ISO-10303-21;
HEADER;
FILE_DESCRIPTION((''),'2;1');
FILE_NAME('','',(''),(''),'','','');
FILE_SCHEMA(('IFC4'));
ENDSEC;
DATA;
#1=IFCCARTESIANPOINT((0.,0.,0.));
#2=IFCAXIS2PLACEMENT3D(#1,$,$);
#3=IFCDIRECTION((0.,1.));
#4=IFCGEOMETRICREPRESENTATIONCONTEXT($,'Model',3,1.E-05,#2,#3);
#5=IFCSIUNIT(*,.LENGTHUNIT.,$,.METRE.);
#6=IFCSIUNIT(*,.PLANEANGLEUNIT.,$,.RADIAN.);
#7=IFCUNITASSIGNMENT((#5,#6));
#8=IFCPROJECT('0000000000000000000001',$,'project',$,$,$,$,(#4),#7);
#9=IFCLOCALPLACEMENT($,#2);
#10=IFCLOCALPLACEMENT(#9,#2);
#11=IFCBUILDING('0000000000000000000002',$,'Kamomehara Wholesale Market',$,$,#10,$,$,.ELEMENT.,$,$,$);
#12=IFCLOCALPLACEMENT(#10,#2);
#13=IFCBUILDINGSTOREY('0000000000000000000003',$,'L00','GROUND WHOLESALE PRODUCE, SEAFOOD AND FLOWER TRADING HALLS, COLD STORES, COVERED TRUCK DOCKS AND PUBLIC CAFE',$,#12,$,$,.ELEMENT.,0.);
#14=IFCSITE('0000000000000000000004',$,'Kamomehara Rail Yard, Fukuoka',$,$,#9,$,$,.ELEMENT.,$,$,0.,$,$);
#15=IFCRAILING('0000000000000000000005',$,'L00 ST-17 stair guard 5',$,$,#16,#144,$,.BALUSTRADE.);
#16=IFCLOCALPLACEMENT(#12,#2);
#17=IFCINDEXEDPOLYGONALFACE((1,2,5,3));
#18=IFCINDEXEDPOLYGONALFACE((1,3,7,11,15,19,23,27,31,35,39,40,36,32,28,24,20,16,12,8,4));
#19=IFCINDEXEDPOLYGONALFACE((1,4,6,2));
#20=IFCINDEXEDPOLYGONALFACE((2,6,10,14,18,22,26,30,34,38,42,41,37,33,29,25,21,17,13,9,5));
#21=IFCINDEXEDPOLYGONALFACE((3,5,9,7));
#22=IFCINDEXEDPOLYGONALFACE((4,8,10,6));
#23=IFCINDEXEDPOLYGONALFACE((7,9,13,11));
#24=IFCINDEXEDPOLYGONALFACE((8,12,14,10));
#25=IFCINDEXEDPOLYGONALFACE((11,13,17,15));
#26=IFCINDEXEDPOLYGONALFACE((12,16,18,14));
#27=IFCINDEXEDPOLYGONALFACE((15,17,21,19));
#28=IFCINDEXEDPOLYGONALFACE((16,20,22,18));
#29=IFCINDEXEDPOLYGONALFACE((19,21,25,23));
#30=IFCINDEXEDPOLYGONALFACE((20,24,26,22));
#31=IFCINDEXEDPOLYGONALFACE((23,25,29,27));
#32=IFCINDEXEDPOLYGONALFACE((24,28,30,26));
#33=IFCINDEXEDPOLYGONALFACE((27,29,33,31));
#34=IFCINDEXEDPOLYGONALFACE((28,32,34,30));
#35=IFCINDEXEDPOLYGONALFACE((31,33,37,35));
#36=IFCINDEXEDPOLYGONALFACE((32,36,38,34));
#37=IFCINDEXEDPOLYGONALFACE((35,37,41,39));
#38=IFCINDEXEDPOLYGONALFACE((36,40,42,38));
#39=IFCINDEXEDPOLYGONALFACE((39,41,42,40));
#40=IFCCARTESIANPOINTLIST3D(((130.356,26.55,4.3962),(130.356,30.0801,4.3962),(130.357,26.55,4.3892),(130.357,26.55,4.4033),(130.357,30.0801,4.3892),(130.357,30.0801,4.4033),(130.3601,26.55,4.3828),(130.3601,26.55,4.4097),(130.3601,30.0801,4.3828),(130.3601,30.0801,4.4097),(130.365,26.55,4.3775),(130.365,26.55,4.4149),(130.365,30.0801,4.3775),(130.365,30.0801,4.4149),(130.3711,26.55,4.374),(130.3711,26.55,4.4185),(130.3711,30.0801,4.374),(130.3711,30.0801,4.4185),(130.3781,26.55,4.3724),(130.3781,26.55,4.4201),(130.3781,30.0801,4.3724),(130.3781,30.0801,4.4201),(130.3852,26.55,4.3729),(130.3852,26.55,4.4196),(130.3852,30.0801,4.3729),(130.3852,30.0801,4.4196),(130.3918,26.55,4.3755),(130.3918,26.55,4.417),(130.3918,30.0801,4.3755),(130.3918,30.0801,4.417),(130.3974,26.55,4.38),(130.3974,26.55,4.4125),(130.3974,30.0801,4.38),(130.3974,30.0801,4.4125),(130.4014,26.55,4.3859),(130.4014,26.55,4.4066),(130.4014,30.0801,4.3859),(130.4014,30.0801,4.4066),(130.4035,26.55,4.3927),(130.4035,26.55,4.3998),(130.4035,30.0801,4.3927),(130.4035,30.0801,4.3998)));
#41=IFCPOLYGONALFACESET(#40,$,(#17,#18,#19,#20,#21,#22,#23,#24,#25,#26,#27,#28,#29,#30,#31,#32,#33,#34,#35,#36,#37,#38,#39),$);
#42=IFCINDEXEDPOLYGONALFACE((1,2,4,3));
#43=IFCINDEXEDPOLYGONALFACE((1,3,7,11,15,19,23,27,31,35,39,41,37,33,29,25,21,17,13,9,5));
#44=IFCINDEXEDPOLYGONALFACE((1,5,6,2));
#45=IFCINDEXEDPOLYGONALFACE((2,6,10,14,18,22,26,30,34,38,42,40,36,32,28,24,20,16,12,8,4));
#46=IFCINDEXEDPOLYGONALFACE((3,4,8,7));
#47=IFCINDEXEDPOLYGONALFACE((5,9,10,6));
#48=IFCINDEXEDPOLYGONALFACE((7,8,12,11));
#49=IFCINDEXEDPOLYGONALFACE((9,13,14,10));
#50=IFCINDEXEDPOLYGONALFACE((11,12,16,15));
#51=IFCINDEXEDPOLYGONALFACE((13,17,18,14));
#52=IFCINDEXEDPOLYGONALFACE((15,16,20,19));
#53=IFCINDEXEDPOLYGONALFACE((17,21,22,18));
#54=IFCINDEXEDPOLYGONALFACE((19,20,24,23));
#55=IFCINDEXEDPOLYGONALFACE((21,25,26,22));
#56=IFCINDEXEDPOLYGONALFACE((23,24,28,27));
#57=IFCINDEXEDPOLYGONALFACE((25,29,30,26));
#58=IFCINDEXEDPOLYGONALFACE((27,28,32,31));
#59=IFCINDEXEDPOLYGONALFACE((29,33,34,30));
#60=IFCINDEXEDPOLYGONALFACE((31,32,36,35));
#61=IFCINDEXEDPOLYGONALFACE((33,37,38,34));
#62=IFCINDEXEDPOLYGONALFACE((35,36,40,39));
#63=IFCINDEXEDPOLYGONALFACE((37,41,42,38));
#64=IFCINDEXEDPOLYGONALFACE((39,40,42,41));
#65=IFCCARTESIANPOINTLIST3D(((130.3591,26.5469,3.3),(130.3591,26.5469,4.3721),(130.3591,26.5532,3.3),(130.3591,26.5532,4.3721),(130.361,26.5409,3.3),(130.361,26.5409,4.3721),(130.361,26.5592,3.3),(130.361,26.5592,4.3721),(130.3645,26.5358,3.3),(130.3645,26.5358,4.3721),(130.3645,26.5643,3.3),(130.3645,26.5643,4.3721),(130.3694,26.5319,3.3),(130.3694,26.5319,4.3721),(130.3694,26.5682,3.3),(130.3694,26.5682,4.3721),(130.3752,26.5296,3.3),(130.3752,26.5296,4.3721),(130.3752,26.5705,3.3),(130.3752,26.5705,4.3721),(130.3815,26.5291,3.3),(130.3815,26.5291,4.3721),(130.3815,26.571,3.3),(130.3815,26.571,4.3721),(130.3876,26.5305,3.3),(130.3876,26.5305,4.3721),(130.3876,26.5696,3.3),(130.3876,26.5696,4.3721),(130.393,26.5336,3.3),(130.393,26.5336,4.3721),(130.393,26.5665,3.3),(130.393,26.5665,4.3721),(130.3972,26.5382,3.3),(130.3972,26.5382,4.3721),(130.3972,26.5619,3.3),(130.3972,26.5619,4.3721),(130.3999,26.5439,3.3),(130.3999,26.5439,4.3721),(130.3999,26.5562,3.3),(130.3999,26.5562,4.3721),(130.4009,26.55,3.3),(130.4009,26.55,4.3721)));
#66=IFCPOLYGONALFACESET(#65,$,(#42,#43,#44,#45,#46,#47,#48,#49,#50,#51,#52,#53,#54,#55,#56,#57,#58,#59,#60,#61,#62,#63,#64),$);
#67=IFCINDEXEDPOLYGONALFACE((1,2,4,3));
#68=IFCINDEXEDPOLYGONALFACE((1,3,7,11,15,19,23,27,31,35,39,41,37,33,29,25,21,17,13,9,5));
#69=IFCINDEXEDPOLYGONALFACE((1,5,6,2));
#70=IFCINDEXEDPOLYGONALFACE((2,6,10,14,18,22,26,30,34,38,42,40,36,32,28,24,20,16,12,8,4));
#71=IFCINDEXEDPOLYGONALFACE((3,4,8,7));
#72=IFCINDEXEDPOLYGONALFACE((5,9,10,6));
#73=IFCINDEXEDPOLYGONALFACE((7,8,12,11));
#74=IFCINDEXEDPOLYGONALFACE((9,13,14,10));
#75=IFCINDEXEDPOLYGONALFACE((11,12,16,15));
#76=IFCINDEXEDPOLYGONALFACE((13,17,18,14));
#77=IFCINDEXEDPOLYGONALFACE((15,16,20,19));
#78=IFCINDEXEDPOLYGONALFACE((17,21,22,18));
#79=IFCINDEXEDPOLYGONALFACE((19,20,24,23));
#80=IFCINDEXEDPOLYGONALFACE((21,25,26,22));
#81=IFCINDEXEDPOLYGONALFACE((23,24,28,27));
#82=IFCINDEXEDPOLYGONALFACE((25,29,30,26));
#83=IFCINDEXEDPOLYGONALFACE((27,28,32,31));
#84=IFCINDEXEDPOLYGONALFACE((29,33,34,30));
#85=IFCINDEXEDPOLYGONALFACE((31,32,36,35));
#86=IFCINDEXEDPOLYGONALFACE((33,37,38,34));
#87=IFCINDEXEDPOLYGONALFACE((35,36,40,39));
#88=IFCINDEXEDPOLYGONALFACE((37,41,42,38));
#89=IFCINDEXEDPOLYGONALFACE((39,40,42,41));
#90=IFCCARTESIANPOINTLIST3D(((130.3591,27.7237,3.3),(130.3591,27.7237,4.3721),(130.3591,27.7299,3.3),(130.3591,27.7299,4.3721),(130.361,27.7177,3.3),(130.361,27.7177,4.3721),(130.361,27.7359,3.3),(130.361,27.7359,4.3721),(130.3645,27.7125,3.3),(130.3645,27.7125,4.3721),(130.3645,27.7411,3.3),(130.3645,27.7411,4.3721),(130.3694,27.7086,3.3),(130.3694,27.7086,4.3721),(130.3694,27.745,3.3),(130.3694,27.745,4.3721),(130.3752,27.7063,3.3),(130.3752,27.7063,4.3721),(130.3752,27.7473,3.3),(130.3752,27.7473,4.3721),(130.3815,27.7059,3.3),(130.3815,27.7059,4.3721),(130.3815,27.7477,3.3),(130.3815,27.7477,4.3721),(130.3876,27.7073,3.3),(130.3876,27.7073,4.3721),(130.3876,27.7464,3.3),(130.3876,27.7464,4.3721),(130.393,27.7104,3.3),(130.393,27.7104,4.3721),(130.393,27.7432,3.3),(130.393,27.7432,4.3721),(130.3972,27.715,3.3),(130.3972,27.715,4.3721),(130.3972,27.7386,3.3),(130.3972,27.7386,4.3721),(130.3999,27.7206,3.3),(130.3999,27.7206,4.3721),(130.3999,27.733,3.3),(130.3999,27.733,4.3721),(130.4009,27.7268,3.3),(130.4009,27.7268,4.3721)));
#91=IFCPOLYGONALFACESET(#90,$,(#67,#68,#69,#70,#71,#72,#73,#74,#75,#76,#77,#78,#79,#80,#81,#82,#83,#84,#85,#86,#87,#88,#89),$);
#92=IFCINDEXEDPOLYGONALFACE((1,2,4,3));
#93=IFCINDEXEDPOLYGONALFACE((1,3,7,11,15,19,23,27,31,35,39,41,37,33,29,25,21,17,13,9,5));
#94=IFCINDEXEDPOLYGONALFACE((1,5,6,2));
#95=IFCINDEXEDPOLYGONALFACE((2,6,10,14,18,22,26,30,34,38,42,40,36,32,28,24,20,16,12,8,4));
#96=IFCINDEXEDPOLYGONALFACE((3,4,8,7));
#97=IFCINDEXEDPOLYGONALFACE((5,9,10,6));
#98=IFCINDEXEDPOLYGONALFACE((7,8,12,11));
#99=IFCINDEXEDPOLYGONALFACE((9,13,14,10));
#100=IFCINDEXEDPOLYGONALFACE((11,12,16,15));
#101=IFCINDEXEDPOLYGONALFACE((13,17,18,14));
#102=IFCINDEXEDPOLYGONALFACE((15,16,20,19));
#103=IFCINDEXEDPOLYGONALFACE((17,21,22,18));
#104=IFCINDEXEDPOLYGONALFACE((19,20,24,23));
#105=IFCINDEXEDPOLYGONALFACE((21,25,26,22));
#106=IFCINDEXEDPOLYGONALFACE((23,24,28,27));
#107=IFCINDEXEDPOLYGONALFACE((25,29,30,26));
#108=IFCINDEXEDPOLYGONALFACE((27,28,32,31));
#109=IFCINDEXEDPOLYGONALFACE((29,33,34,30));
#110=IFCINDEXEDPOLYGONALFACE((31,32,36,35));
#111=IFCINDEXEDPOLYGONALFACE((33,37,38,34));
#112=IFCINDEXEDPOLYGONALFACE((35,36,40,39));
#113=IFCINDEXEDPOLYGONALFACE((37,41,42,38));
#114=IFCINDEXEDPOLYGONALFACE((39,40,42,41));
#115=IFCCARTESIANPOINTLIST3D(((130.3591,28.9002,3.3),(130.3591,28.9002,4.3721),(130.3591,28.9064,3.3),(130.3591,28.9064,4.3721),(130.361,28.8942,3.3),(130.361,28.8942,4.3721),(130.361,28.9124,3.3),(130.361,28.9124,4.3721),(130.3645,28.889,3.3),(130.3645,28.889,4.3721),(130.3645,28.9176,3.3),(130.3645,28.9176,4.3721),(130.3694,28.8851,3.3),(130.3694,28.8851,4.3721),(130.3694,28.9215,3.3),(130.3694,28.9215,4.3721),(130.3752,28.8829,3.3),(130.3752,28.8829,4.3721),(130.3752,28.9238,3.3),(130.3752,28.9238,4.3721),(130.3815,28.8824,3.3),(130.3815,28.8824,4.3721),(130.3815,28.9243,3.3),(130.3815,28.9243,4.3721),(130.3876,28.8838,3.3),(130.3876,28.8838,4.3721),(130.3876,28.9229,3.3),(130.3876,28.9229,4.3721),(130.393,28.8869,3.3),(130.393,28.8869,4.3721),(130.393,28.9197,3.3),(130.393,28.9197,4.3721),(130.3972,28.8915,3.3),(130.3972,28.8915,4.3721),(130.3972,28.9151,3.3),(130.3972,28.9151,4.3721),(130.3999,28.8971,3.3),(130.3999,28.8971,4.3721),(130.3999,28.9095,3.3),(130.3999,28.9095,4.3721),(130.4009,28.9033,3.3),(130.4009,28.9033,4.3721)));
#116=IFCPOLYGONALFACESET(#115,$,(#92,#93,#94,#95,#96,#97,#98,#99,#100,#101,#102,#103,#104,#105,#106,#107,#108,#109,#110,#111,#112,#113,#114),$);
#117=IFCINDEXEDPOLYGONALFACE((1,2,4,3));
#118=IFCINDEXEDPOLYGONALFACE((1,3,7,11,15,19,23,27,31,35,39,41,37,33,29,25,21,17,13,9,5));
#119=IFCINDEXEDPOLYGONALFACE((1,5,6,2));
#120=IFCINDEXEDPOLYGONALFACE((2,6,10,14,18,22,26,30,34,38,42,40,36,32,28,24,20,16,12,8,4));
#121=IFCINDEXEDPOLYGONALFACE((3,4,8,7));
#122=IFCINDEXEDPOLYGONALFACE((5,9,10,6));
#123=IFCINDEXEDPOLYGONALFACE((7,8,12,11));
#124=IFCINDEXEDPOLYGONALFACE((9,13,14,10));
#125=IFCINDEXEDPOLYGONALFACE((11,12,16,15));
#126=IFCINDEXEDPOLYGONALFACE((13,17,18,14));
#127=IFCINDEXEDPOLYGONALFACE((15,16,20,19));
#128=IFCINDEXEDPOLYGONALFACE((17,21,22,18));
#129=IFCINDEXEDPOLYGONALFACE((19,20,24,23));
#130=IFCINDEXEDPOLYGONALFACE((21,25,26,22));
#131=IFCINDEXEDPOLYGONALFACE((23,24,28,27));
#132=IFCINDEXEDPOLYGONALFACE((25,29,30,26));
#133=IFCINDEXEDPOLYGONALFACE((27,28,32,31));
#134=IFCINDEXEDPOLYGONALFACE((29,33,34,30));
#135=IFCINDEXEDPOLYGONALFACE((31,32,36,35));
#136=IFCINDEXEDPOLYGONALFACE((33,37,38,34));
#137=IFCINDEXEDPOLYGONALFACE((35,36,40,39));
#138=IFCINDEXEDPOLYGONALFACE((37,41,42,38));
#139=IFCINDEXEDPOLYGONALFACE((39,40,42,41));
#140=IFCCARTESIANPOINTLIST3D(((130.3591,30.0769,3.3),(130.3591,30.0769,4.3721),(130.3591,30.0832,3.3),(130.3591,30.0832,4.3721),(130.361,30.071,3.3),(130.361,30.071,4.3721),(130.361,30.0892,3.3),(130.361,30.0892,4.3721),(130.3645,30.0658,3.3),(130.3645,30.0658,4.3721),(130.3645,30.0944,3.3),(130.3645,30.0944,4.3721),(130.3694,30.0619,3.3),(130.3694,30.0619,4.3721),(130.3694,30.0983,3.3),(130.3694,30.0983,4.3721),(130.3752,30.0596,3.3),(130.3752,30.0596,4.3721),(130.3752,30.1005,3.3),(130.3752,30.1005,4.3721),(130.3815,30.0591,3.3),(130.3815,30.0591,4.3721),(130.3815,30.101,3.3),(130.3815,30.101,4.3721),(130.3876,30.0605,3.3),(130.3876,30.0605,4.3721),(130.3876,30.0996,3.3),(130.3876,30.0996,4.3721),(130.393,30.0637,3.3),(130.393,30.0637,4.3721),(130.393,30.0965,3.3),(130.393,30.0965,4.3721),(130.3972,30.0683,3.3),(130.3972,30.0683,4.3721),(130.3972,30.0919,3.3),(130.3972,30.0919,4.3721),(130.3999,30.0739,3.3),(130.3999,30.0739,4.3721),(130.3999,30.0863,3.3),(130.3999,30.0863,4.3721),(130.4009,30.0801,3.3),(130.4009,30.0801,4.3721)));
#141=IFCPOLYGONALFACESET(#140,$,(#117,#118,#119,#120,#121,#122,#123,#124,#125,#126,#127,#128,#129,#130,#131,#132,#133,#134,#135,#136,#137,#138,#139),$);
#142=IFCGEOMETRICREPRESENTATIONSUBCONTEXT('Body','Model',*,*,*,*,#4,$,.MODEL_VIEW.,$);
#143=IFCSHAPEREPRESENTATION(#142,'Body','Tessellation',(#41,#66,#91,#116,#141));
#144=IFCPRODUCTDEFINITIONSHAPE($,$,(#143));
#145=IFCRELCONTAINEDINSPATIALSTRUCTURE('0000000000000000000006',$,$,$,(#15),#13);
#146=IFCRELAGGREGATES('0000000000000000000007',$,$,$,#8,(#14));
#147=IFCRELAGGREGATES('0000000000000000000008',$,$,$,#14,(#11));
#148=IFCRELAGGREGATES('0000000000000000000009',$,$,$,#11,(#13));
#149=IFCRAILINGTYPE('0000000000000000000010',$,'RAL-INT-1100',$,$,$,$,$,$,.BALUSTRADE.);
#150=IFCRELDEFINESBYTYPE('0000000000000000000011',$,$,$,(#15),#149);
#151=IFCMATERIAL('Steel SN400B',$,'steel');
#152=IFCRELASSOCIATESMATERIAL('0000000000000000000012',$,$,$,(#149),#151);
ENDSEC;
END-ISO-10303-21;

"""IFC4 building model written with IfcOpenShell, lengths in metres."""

from ifc_helpers import new_model, si_unit, direction, frame, origin, origin_2d, place, context, subcontext, project, spatial, circle, extrude, material, type_object, element, save


model = new_model("IFC4")

# Units and contexts
model_context = context("Model", 3, precision=1e-05, world=origin(), true_north=direction((0.0, 1.0)))
body_context = subcontext(model_context, "Body", "Model", "MODEL_VIEW")
ifc_project = project(units=[si_unit("LENGTHUNIT", "METRE"), si_unit("PLANEANGLEUNIT", "RADIAN")], contexts=[model_context])

# Site, building, storey
site_placement = place(None, origin())
site = spatial("IfcSite", under=ifc_project, at=site_placement, Name="Kamomehara Rail Yard, Fukuoka", CompositionType="ELEMENT", RefElevation=0.0)
building_placement = place(site_placement, origin())
building = spatial("IfcBuilding", under=site, at=building_placement, Name="Kamomehara Wholesale Market", CompositionType="ELEMENT")
storey_placement = place(building_placement, origin())
storey = spatial("IfcBuildingStorey", under=building, at=storey_placement, Name="L00", Description="GROUND WHOLESALE PRODUCE, SEAFOOD AND FLOWER TRADING HALLS, COLD STORES, COVERED TRUCK DOCKS AND PUBLIC CAFE", CompositionType="ELEMENT", Elevation=0.0)

# Railing
ifc_material_1 = material(Name="Steel SN400B", Category="steel")
railing_type_1 = type_object("IfcRailingType", Name="RAL-INT-1100", PredefinedType="BALUSTRADE", material=ifc_material_1)
railing_1_placement = place(storey_placement, frame((130.3799, 26.55, 3.3)))
element("IfcRailing", 1, at=railing_1_placement, inside=storey, type_object=railing_type_1, Name="L00 ST-17 stair guard 5", PredefinedType="BALUSTRADE", context=body_context, shape_type="SweptSolid", body=[
    extrude(circle(Radius=0.0239, at=origin_2d()), frame((0.0, 0.0, 1.0962), z_axis=(0.0, 1.0, 0.0), x_axis=(-1.0, 0.0, 0.0)), (0.0, 0.0, 1.0), 3.53),
    extrude(circle(Radius=0.021, at=origin_2d()), origin(), (0.0, 0.0, 1.0), 1.072),
    extrude(circle(Radius=0.021, at=origin_2d()), frame((0.0, 1.1768, 0.0)), (0.0, 0.0, 1.0), 1.072),
    extrude(circle(Radius=0.021, at=origin_2d()), frame((0.0, 2.3533, 0.0)), (0.0, 0.0, 1.0), 1.072),
    extrude(circle(Radius=0.021, at=origin_2d()), frame((0.0, 3.53, 0.0)), (0.0, 0.0, 1.0), 1.072),
])

save(model, "model.ifc")
